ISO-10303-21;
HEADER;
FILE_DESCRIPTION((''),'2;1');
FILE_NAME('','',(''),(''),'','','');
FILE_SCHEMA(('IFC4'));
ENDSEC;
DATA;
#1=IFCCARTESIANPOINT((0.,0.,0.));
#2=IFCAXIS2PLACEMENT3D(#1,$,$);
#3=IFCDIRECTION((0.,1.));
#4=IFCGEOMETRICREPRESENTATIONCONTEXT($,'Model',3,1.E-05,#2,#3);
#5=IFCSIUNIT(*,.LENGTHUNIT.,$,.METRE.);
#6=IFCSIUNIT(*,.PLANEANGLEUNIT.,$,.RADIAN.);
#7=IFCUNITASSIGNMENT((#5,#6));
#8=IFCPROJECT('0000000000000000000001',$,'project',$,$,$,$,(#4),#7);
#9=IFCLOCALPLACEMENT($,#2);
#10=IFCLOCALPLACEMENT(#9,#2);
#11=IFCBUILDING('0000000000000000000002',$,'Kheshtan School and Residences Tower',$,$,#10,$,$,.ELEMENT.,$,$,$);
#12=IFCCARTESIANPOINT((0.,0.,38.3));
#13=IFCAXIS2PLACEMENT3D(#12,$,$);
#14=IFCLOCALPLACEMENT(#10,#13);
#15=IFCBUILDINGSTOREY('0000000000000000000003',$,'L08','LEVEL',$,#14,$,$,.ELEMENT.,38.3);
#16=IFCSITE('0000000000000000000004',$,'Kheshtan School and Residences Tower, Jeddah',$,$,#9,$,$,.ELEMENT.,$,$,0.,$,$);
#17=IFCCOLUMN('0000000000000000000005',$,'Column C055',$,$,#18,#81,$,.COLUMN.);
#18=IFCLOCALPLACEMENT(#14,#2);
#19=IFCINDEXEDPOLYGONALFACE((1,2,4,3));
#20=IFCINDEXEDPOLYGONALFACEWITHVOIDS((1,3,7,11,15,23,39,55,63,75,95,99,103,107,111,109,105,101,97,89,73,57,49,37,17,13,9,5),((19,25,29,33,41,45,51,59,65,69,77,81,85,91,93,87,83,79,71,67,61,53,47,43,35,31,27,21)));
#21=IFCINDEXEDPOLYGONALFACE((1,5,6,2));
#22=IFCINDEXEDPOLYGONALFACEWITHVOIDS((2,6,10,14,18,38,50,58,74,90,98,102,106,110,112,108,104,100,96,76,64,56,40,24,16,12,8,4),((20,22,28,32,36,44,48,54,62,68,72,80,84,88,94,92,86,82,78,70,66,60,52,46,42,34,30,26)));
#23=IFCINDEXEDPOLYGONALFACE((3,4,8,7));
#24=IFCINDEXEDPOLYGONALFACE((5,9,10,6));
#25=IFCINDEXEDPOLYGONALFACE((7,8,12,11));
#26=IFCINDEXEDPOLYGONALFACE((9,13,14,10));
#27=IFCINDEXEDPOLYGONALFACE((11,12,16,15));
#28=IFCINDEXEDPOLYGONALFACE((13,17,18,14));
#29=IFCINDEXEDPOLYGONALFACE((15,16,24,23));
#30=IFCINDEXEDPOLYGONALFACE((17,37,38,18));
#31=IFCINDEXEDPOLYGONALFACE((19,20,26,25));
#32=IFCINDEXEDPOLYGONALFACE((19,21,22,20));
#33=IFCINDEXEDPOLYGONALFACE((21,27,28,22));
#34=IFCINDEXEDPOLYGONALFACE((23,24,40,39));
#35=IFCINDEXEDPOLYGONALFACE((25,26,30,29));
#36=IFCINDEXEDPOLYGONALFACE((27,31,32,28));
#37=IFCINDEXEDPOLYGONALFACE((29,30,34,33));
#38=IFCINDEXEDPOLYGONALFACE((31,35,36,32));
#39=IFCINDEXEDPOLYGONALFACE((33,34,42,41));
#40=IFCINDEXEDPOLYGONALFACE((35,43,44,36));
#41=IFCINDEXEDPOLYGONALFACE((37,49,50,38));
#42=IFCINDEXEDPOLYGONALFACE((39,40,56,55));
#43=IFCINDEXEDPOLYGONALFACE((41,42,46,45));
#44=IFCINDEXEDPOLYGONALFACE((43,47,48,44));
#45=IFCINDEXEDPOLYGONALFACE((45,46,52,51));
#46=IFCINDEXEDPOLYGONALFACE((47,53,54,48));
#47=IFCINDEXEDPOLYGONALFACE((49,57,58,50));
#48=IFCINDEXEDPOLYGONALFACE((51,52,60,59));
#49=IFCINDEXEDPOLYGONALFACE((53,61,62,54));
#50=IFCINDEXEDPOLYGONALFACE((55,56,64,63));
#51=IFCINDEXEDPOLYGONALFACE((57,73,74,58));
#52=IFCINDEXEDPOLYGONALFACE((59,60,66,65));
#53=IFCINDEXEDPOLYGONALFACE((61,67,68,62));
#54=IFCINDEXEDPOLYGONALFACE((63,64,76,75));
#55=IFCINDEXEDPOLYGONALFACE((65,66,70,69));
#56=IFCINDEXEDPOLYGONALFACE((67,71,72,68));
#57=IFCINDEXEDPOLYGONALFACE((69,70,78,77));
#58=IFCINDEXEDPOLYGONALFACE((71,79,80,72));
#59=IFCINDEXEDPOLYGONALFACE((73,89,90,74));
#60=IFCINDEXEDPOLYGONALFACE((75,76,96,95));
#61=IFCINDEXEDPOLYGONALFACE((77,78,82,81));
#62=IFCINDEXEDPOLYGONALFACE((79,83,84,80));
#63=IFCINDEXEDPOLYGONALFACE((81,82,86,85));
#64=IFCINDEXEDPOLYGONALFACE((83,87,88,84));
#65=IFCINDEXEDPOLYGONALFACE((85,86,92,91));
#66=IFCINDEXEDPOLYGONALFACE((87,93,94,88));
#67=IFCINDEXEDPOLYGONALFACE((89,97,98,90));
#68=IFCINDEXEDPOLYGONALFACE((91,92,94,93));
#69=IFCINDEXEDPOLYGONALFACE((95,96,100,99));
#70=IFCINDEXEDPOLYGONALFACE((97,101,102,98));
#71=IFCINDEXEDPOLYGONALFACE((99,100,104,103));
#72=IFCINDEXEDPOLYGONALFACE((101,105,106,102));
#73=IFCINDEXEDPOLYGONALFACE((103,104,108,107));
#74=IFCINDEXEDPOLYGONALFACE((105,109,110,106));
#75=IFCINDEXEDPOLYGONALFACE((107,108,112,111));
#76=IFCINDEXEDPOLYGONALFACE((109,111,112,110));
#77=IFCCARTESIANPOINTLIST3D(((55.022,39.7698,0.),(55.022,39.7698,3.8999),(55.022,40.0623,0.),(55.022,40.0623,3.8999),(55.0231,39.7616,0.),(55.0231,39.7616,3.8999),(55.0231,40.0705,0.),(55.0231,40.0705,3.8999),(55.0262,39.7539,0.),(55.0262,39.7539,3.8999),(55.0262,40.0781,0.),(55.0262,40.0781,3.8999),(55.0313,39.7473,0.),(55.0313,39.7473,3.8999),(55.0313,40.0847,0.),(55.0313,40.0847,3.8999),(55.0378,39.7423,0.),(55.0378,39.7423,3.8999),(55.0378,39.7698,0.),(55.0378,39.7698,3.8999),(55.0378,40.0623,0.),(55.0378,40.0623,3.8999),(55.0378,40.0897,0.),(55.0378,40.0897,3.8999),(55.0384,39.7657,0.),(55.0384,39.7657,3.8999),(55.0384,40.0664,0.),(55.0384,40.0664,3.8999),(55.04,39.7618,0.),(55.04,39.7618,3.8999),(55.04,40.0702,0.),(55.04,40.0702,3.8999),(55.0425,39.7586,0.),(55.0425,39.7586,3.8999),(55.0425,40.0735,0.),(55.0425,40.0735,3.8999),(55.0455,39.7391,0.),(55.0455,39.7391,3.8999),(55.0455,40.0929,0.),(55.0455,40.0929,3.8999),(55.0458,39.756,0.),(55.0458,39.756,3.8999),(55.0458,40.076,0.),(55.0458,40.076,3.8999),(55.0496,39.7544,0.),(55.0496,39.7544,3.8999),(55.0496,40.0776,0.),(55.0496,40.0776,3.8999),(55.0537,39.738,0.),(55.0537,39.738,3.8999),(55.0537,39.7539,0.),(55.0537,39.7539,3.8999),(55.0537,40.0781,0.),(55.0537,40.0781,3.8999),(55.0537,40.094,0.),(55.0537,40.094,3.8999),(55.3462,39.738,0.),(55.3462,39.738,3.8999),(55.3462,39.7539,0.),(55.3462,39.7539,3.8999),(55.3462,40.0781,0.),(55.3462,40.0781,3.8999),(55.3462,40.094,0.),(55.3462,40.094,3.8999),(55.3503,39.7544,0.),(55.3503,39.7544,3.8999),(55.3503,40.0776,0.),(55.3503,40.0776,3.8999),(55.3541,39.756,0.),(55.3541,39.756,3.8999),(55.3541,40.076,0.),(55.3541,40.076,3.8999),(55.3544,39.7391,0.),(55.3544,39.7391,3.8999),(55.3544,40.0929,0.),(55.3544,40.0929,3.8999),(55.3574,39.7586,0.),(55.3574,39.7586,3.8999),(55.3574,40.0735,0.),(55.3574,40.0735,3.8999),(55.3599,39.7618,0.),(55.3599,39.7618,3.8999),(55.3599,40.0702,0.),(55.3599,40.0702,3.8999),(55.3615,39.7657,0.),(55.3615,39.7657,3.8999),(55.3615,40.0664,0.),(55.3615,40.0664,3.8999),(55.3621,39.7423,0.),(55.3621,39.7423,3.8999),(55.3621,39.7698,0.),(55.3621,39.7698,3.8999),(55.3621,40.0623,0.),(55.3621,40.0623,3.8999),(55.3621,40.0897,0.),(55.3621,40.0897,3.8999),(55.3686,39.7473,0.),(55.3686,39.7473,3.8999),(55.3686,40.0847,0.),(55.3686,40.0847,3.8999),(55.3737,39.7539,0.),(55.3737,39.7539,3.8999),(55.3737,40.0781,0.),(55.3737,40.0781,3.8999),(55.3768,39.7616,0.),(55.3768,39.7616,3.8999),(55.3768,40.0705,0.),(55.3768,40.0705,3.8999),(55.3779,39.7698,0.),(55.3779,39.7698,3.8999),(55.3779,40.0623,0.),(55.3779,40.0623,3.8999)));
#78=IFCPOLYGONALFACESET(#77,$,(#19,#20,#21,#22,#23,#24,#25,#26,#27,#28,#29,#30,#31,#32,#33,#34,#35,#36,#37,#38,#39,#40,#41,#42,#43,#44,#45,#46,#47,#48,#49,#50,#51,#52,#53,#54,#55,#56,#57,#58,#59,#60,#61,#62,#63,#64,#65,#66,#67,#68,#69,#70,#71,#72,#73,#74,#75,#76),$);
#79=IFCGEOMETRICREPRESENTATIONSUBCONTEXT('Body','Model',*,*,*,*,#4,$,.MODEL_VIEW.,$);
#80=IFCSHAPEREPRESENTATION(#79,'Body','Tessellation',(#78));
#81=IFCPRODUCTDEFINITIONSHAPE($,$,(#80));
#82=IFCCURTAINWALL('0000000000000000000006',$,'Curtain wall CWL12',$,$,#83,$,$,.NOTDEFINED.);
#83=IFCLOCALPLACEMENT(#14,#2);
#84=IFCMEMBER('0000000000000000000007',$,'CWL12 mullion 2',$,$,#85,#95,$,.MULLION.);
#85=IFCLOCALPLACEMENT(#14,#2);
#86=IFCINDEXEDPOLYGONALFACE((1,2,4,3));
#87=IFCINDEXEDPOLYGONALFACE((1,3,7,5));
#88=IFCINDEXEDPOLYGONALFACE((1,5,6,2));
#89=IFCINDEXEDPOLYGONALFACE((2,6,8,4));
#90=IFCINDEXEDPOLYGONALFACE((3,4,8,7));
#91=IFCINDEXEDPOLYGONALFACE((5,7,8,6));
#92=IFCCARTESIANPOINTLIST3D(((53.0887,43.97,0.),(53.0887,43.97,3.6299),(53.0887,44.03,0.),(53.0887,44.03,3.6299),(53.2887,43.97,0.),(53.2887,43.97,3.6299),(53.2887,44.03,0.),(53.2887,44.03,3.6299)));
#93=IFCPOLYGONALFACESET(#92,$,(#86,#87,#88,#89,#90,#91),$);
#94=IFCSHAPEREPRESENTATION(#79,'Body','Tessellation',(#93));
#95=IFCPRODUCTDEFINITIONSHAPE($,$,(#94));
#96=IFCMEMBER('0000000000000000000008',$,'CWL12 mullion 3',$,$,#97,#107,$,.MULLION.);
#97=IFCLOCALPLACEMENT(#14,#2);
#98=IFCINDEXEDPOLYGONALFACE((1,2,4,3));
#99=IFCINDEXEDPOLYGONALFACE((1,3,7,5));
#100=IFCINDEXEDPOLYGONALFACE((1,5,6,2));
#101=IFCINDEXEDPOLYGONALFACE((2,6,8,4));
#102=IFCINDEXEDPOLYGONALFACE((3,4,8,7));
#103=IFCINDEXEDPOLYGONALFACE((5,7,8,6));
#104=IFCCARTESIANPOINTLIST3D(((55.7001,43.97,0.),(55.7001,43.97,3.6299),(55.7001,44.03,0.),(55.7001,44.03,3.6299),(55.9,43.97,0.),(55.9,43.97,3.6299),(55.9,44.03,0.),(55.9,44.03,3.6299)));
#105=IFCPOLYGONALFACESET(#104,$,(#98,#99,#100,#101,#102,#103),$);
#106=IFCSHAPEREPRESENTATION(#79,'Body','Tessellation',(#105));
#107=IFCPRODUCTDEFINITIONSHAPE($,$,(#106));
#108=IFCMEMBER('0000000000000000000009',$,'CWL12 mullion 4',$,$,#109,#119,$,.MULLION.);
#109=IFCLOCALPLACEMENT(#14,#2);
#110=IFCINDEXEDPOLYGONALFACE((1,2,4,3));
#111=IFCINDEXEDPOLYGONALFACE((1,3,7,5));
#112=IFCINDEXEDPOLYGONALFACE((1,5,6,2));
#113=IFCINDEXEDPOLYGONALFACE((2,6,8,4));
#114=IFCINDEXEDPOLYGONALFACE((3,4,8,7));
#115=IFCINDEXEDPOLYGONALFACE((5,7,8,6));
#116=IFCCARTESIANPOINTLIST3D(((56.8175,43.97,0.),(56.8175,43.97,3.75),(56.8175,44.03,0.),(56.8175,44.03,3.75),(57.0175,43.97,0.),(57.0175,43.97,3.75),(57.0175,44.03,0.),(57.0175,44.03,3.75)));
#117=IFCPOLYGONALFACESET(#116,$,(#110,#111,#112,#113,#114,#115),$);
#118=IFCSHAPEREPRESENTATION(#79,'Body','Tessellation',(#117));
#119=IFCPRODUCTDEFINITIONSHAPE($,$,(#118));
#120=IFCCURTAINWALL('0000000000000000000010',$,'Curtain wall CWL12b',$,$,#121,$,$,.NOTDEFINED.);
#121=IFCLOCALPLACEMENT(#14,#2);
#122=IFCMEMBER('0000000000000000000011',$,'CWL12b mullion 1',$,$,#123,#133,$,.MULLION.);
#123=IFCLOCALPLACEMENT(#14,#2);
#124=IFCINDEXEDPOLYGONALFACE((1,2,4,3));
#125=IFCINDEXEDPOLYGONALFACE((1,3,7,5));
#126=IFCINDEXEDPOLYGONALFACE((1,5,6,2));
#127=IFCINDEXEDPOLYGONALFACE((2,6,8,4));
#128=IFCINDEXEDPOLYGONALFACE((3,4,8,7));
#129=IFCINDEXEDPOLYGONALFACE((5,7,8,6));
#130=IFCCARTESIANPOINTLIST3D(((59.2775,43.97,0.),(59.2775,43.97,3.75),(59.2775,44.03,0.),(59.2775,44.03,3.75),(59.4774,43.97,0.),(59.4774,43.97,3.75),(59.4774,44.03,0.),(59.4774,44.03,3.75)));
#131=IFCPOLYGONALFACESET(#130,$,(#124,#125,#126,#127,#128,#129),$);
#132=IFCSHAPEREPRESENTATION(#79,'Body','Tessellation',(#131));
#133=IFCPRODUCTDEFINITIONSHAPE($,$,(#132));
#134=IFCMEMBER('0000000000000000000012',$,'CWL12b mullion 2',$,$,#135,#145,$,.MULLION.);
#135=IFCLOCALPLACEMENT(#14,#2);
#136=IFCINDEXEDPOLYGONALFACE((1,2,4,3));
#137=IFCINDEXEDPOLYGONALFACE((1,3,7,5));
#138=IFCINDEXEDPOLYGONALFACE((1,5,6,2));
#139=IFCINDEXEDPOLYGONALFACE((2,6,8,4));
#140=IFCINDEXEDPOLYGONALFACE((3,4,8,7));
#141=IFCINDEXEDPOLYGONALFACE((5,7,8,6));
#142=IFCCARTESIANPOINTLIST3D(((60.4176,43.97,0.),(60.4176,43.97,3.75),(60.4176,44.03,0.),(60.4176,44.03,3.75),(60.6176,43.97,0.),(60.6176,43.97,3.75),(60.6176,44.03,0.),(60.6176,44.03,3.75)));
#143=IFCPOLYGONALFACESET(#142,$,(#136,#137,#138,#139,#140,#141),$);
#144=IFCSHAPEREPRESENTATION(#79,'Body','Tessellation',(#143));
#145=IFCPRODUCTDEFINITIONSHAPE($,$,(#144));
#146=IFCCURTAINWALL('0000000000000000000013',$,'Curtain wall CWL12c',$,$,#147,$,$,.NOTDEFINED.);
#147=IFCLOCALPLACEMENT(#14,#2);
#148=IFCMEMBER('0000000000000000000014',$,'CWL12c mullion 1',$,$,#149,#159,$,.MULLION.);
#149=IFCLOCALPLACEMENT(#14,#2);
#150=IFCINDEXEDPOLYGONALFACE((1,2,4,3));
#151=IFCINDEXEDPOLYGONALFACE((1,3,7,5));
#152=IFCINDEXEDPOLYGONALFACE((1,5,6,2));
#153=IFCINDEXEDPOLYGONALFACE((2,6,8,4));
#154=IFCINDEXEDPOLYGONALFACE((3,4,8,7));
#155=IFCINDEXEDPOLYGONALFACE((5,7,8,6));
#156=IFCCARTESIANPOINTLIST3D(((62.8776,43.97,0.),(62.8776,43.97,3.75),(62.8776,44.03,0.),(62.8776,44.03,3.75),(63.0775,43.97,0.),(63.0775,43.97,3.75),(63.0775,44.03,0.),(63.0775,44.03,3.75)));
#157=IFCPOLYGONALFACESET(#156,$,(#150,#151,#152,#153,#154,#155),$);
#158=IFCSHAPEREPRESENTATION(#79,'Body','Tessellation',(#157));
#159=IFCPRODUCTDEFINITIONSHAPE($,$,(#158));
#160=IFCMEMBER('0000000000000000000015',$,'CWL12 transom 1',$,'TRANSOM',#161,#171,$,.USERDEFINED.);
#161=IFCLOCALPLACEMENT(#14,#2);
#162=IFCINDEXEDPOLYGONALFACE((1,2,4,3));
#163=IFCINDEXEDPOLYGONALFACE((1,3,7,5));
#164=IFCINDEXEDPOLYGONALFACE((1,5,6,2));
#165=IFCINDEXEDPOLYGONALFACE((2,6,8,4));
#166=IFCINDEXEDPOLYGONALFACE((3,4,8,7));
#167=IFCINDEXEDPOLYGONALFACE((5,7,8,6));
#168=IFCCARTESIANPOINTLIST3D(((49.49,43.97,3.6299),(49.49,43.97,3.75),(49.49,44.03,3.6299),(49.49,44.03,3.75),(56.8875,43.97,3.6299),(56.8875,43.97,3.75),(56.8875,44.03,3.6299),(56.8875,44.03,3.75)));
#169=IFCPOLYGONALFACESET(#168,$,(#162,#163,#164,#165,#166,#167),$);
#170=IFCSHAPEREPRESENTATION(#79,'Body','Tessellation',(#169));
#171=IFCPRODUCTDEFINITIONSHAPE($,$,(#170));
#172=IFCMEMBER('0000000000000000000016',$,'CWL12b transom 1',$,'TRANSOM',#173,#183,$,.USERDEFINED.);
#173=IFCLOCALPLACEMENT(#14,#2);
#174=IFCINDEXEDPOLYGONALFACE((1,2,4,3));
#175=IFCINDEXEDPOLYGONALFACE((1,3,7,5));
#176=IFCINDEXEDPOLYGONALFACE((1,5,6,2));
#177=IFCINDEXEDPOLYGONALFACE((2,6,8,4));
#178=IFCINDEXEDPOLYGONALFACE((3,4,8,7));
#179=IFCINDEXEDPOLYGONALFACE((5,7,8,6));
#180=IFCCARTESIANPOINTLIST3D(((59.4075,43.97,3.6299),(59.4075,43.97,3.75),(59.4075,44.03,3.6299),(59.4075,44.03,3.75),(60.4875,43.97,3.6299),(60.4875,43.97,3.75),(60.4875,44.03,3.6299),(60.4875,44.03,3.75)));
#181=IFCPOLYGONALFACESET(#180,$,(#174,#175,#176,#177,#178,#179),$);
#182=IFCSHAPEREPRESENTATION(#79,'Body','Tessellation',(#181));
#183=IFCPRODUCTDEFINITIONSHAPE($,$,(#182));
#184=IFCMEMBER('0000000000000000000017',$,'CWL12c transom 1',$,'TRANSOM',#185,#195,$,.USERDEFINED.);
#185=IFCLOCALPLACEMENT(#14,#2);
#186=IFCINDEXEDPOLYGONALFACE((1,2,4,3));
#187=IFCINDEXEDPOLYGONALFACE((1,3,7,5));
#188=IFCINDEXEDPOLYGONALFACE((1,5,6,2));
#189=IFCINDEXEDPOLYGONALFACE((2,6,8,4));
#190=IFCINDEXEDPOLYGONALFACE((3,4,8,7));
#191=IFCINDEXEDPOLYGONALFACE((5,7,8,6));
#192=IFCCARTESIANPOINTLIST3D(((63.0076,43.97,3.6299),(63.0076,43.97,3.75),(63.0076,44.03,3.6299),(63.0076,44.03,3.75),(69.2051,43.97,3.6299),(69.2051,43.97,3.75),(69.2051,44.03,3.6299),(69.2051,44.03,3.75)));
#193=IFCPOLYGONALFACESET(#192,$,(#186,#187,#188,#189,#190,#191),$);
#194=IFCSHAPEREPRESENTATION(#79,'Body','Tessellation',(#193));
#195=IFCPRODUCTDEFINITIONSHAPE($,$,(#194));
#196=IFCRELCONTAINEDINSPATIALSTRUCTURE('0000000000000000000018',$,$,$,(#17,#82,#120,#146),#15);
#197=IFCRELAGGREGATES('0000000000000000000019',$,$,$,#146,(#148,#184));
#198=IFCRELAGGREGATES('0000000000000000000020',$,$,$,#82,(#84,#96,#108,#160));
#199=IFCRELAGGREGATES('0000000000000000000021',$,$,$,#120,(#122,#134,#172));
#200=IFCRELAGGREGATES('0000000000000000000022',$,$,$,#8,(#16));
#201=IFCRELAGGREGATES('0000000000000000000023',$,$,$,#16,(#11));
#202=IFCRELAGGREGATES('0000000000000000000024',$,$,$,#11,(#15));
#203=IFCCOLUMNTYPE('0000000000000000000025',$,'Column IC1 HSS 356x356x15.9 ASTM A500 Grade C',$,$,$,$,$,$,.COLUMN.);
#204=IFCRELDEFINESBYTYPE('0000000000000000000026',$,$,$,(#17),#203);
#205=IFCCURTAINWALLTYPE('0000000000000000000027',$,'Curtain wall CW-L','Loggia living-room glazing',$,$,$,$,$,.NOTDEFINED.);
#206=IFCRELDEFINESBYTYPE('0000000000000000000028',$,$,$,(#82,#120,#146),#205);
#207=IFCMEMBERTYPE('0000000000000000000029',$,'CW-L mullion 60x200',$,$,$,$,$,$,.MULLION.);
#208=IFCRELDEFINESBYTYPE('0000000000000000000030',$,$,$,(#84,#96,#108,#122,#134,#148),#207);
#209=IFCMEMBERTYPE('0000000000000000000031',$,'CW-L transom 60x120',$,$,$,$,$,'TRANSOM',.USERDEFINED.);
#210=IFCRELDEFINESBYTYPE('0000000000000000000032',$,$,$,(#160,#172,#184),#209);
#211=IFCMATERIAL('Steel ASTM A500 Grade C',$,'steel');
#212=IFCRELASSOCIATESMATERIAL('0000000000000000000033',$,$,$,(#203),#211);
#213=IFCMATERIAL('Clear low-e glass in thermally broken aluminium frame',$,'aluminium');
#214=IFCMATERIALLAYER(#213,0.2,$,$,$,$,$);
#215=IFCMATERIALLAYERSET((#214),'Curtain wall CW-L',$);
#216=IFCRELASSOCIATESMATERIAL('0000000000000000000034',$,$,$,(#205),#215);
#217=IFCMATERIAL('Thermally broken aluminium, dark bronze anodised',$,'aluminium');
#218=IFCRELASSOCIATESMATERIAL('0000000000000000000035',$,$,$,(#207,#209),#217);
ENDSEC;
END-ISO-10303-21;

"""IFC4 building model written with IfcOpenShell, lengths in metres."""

from ifc_helpers import new_model, si_unit, direction, frame, origin, origin_2d, place, context, subcontext, project, spatial, rectangle, hollow_rectangle, extrude, material, layer, layer_set, material_profile, profile_set, type_object, element, aggregate, save


model = new_model("IFC4")

# Units and contexts
model_context = context("Model", 3, precision=1e-05, world=origin(), true_north=direction((0.0, 1.0)))
body_context = subcontext(model_context, "Body", "Model", "MODEL_VIEW")
ifc_project = project(units=[si_unit("LENGTHUNIT", "METRE"), si_unit("PLANEANGLEUNIT", "RADIAN")], contexts=[model_context])

# Site, building, storey
site_placement = place(None, origin())
site = spatial("IfcSite", under=ifc_project, at=site_placement, Name="Kheshtan School and Residences Tower, Jeddah", CompositionType="ELEMENT", RefElevation=0.0)
building_placement = place(site_placement, origin())
building = spatial("IfcBuilding", under=site, at=building_placement, Name="Kheshtan School and Residences Tower", CompositionType="ELEMENT")
storey_placement = place(building_placement, frame((0.0, 0.0, 38.3)))
storey = spatial("IfcBuildingStorey", under=building, at=storey_placement, Name="L08", Description="LEVEL", CompositionType="ELEMENT", Elevation=38.3)

# Column
ifc_material_1 = material(Name="Steel ASTM A500 Grade C", Category="steel")
ifc_material_profile_1 = material_profile(ifc_material_1, hollow_rectangle(XDim=0.356, YDim=0.356, WallThickness=0.0159, InnerFilletRadius=0.0159, OuterFilletRadius=0.0317, at=origin_2d()), Name="HSS 356x356x15.9")
ifc_profile_set_1 = profile_set([ifc_material_profile_1], Name="Steel ASTM A500 Grade C")
column_type = type_object("IfcColumnType", Name="Column IC1 HSS 356x356x15.9 ASTM A500 Grade C", PredefinedType="COLUMN", material=ifc_profile_set_1)
column_placement = place(storey_placement, frame((55.2, 39.916, 0.0), z_axis=(0.0, 0.0, 1.0), x_axis=(1.0, 0.0, 0.0)))
element("IfcColumn", 1, at=column_placement, inside=storey, type_object=column_type, Name="Column C055", PredefinedType="COLUMN", context=body_context, shape_type="SweptSolid", body=[
    extrude(hollow_rectangle(XDim=0.356, YDim=0.356, WallThickness=0.0159, InnerFilletRadius=0.0159, OuterFilletRadius=0.0317, at=origin_2d()), origin(), (0.0, 0.0, 1.0), 3.8999),
])

# Curtain walls, members
ifc_material_2 = material(Name="Clear low-e glass in thermally broken aluminium frame", Category="aluminium")
ifc_layer_1 = layer(ifc_material_2, 0.2)
ifc_layer_set_1 = layer_set([ifc_layer_1], Name="Curtain wall CW-L")
curtain_wall_type = type_object("IfcCurtainWallType", Name="Curtain wall CW-L", Description="Loggia living-room glazing", PredefinedType="NOTDEFINED", material=ifc_layer_set_1)
curtain_wall_1_placement = place(storey_placement, origin())
curtain_wall_1 = element("IfcCurtainWall", 2, at=curtain_wall_1_placement, inside=storey, type_object=curtain_wall_type, Name="Curtain wall CWL12", PredefinedType="NOTDEFINED")
ifc_material_3 = material(Name="Thermally broken aluminium, dark bronze anodised", Category="aluminium")
ifc_material_profile_2 = material_profile(ifc_material_3, rectangle(XDim=0.0601, YDim=0.2, at=origin_2d()), Name="CW-L mullion 60x200")
ifc_profile_set_2 = profile_set([ifc_material_profile_2], Name="Thermally broken aluminium, dark bronze anodised")
member_type_1 = type_object("IfcMemberType", Name="CW-L mullion 60x200", PredefinedType="MULLION", material=ifc_profile_set_2)
member_1_placement = place(storey_placement, frame((53.1887, 44.0, 0.0), z_axis=(0.0, 0.0, 1.0), x_axis=(0.0, 1.0, 0.0)))
member_1 = element("IfcMember", 3, at=member_1_placement, type_object=member_type_1, Name="CWL12 mullion 2", PredefinedType="MULLION", context=body_context, shape_type="SweptSolid", body=[
    extrude(rectangle(XDim=0.0601, YDim=0.2, at=origin_2d()), origin(), (0.0, 0.0, 1.0), 3.6299),
])
member_2_placement = place(storey_placement, frame((55.8, 44.0, 0.0), z_axis=(0.0, 0.0, 1.0), x_axis=(0.0, 1.0, 0.0)))
member_2 = element("IfcMember", 4, at=member_2_placement, type_object=member_type_1, Name="CWL12 mullion 3", PredefinedType="MULLION", context=body_context, shape_type="SweptSolid", body=[
    extrude(rectangle(XDim=0.0601, YDim=0.2, at=origin_2d()), origin(), (0.0, 0.0, 1.0), 3.6299),
])
member_3_placement = place(storey_placement, frame((56.9175, 44.0, 0.0), z_axis=(0.0, 0.0, 1.0), x_axis=(0.0, 1.0, 0.0)))
member_3 = element("IfcMember", 5, at=member_3_placement, type_object=member_type_1, Name="CWL12 mullion 4", PredefinedType="MULLION", context=body_context, shape_type="SweptSolid", body=[
    extrude(rectangle(XDim=0.0601, YDim=0.2, at=origin_2d()), origin(), (0.0, 0.0, 1.0), 3.75),
])
curtain_wall_2_placement = place(storey_placement, origin())
curtain_wall_2 = element("IfcCurtainWall", 6, at=curtain_wall_2_placement, inside=storey, type_object=curtain_wall_type, Name="Curtain wall CWL12b", PredefinedType="NOTDEFINED")
member_4_placement = place(storey_placement, frame((59.3774, 44.0, 0.0), z_axis=(0.0, 0.0, 1.0), x_axis=(0.0, 1.0, 0.0)))
member_4 = element("IfcMember", 7, at=member_4_placement, type_object=member_type_1, Name="CWL12b mullion 1", PredefinedType="MULLION", context=body_context, shape_type="SweptSolid", body=[
    extrude(rectangle(XDim=0.0601, YDim=0.2, at=origin_2d()), origin(), (0.0, 0.0, 1.0), 3.75),
])
member_5_placement = place(storey_placement, frame((60.5176, 44.0, 0.0), z_axis=(0.0, 0.0, 1.0), x_axis=(0.0, 1.0, 0.0)))
member_5 = element("IfcMember", 8, at=member_5_placement, type_object=member_type_1, Name="CWL12b mullion 2", PredefinedType="MULLION", context=body_context, shape_type="SweptSolid", body=[
    extrude(rectangle(XDim=0.0601, YDim=0.2, at=origin_2d()), origin(), (0.0, 0.0, 1.0), 3.75),
])

# Curtain wall, member
curtain_wall_3_placement = place(storey_placement, origin())
curtain_wall_3 = element("IfcCurtainWall", 9, at=curtain_wall_3_placement, inside=storey, type_object=curtain_wall_type, Name="Curtain wall CWL12c", PredefinedType="NOTDEFINED")
member_6_placement = place(storey_placement, frame((62.9775, 44.0, 0.0), z_axis=(0.0, 0.0, 1.0), x_axis=(0.0, 1.0, 0.0)))
member_6 = element("IfcMember", 10, at=member_6_placement, type_object=member_type_1, Name="CWL12c mullion 1", PredefinedType="MULLION", context=body_context, shape_type="SweptSolid", body=[
    extrude(rectangle(XDim=0.0601, YDim=0.2, at=origin_2d()), origin(), (0.0, 0.0, 1.0), 3.75),
])

# Members
ifc_material_profile_3 = material_profile(ifc_material_3, rectangle(XDim=0.0601, YDim=0.1201, at=origin_2d()), Name="CW-L transom 60x120")
ifc_profile_set_3 = profile_set([ifc_material_profile_3], Name="Thermally broken aluminium, dark bronze anodised")
member_type_2 = type_object("IfcMemberType", Name="CW-L transom 60x120", ElementType="TRANSOM", PredefinedType="USERDEFINED", material=ifc_profile_set_3)
member_7_placement = place(storey_placement, frame((49.49, 44.0, 3.6899), z_axis=(1.0, 0.0, 0.0), x_axis=(0.0, 1.0, 0.0)))
member_7 = element("IfcMember", 11, at=member_7_placement, type_object=member_type_2, Name="CWL12 transom 1", ObjectType="TRANSOM", PredefinedType="USERDEFINED", context=body_context, shape_type="SweptSolid", body=[
    extrude(rectangle(XDim=0.0601, YDim=0.1201, at=origin_2d()), origin(), (0.0, 0.0, 1.0), 7.3975),
])
member_8_placement = place(storey_placement, frame((59.4075, 44.0, 3.6899), z_axis=(1.0, 0.0, 0.0), x_axis=(0.0, 1.0, 0.0)))
member_8 = element("IfcMember", 12, at=member_8_placement, type_object=member_type_2, Name="CWL12b transom 1", ObjectType="TRANSOM", PredefinedType="USERDEFINED", context=body_context, shape_type="SweptSolid", body=[
    extrude(rectangle(XDim=0.0601, YDim=0.1201, at=origin_2d()), origin(), (0.0, 0.0, 1.0), 1.0801),
])
member_9_placement = place(storey_placement, frame((63.0076, 44.0, 3.6899), z_axis=(1.0, 0.0, 0.0), x_axis=(0.0, 1.0, 0.0)))
member_9 = element("IfcMember", 13, at=member_9_placement, type_object=member_type_2, Name="CWL12c transom 1", ObjectType="TRANSOM", PredefinedType="USERDEFINED", context=body_context, shape_type="SweptSolid", body=[
    extrude(rectangle(XDim=0.0601, YDim=0.1201, at=origin_2d()), origin(), (0.0, 0.0, 1.0), 6.1975),
])
aggregate(curtain_wall_3, [member_6, member_9])

aggregate(curtain_wall_1, [member_1, member_2, member_3, member_7])
aggregate(curtain_wall_2, [member_4, member_5, member_8])

save(model, "model.ifc")
